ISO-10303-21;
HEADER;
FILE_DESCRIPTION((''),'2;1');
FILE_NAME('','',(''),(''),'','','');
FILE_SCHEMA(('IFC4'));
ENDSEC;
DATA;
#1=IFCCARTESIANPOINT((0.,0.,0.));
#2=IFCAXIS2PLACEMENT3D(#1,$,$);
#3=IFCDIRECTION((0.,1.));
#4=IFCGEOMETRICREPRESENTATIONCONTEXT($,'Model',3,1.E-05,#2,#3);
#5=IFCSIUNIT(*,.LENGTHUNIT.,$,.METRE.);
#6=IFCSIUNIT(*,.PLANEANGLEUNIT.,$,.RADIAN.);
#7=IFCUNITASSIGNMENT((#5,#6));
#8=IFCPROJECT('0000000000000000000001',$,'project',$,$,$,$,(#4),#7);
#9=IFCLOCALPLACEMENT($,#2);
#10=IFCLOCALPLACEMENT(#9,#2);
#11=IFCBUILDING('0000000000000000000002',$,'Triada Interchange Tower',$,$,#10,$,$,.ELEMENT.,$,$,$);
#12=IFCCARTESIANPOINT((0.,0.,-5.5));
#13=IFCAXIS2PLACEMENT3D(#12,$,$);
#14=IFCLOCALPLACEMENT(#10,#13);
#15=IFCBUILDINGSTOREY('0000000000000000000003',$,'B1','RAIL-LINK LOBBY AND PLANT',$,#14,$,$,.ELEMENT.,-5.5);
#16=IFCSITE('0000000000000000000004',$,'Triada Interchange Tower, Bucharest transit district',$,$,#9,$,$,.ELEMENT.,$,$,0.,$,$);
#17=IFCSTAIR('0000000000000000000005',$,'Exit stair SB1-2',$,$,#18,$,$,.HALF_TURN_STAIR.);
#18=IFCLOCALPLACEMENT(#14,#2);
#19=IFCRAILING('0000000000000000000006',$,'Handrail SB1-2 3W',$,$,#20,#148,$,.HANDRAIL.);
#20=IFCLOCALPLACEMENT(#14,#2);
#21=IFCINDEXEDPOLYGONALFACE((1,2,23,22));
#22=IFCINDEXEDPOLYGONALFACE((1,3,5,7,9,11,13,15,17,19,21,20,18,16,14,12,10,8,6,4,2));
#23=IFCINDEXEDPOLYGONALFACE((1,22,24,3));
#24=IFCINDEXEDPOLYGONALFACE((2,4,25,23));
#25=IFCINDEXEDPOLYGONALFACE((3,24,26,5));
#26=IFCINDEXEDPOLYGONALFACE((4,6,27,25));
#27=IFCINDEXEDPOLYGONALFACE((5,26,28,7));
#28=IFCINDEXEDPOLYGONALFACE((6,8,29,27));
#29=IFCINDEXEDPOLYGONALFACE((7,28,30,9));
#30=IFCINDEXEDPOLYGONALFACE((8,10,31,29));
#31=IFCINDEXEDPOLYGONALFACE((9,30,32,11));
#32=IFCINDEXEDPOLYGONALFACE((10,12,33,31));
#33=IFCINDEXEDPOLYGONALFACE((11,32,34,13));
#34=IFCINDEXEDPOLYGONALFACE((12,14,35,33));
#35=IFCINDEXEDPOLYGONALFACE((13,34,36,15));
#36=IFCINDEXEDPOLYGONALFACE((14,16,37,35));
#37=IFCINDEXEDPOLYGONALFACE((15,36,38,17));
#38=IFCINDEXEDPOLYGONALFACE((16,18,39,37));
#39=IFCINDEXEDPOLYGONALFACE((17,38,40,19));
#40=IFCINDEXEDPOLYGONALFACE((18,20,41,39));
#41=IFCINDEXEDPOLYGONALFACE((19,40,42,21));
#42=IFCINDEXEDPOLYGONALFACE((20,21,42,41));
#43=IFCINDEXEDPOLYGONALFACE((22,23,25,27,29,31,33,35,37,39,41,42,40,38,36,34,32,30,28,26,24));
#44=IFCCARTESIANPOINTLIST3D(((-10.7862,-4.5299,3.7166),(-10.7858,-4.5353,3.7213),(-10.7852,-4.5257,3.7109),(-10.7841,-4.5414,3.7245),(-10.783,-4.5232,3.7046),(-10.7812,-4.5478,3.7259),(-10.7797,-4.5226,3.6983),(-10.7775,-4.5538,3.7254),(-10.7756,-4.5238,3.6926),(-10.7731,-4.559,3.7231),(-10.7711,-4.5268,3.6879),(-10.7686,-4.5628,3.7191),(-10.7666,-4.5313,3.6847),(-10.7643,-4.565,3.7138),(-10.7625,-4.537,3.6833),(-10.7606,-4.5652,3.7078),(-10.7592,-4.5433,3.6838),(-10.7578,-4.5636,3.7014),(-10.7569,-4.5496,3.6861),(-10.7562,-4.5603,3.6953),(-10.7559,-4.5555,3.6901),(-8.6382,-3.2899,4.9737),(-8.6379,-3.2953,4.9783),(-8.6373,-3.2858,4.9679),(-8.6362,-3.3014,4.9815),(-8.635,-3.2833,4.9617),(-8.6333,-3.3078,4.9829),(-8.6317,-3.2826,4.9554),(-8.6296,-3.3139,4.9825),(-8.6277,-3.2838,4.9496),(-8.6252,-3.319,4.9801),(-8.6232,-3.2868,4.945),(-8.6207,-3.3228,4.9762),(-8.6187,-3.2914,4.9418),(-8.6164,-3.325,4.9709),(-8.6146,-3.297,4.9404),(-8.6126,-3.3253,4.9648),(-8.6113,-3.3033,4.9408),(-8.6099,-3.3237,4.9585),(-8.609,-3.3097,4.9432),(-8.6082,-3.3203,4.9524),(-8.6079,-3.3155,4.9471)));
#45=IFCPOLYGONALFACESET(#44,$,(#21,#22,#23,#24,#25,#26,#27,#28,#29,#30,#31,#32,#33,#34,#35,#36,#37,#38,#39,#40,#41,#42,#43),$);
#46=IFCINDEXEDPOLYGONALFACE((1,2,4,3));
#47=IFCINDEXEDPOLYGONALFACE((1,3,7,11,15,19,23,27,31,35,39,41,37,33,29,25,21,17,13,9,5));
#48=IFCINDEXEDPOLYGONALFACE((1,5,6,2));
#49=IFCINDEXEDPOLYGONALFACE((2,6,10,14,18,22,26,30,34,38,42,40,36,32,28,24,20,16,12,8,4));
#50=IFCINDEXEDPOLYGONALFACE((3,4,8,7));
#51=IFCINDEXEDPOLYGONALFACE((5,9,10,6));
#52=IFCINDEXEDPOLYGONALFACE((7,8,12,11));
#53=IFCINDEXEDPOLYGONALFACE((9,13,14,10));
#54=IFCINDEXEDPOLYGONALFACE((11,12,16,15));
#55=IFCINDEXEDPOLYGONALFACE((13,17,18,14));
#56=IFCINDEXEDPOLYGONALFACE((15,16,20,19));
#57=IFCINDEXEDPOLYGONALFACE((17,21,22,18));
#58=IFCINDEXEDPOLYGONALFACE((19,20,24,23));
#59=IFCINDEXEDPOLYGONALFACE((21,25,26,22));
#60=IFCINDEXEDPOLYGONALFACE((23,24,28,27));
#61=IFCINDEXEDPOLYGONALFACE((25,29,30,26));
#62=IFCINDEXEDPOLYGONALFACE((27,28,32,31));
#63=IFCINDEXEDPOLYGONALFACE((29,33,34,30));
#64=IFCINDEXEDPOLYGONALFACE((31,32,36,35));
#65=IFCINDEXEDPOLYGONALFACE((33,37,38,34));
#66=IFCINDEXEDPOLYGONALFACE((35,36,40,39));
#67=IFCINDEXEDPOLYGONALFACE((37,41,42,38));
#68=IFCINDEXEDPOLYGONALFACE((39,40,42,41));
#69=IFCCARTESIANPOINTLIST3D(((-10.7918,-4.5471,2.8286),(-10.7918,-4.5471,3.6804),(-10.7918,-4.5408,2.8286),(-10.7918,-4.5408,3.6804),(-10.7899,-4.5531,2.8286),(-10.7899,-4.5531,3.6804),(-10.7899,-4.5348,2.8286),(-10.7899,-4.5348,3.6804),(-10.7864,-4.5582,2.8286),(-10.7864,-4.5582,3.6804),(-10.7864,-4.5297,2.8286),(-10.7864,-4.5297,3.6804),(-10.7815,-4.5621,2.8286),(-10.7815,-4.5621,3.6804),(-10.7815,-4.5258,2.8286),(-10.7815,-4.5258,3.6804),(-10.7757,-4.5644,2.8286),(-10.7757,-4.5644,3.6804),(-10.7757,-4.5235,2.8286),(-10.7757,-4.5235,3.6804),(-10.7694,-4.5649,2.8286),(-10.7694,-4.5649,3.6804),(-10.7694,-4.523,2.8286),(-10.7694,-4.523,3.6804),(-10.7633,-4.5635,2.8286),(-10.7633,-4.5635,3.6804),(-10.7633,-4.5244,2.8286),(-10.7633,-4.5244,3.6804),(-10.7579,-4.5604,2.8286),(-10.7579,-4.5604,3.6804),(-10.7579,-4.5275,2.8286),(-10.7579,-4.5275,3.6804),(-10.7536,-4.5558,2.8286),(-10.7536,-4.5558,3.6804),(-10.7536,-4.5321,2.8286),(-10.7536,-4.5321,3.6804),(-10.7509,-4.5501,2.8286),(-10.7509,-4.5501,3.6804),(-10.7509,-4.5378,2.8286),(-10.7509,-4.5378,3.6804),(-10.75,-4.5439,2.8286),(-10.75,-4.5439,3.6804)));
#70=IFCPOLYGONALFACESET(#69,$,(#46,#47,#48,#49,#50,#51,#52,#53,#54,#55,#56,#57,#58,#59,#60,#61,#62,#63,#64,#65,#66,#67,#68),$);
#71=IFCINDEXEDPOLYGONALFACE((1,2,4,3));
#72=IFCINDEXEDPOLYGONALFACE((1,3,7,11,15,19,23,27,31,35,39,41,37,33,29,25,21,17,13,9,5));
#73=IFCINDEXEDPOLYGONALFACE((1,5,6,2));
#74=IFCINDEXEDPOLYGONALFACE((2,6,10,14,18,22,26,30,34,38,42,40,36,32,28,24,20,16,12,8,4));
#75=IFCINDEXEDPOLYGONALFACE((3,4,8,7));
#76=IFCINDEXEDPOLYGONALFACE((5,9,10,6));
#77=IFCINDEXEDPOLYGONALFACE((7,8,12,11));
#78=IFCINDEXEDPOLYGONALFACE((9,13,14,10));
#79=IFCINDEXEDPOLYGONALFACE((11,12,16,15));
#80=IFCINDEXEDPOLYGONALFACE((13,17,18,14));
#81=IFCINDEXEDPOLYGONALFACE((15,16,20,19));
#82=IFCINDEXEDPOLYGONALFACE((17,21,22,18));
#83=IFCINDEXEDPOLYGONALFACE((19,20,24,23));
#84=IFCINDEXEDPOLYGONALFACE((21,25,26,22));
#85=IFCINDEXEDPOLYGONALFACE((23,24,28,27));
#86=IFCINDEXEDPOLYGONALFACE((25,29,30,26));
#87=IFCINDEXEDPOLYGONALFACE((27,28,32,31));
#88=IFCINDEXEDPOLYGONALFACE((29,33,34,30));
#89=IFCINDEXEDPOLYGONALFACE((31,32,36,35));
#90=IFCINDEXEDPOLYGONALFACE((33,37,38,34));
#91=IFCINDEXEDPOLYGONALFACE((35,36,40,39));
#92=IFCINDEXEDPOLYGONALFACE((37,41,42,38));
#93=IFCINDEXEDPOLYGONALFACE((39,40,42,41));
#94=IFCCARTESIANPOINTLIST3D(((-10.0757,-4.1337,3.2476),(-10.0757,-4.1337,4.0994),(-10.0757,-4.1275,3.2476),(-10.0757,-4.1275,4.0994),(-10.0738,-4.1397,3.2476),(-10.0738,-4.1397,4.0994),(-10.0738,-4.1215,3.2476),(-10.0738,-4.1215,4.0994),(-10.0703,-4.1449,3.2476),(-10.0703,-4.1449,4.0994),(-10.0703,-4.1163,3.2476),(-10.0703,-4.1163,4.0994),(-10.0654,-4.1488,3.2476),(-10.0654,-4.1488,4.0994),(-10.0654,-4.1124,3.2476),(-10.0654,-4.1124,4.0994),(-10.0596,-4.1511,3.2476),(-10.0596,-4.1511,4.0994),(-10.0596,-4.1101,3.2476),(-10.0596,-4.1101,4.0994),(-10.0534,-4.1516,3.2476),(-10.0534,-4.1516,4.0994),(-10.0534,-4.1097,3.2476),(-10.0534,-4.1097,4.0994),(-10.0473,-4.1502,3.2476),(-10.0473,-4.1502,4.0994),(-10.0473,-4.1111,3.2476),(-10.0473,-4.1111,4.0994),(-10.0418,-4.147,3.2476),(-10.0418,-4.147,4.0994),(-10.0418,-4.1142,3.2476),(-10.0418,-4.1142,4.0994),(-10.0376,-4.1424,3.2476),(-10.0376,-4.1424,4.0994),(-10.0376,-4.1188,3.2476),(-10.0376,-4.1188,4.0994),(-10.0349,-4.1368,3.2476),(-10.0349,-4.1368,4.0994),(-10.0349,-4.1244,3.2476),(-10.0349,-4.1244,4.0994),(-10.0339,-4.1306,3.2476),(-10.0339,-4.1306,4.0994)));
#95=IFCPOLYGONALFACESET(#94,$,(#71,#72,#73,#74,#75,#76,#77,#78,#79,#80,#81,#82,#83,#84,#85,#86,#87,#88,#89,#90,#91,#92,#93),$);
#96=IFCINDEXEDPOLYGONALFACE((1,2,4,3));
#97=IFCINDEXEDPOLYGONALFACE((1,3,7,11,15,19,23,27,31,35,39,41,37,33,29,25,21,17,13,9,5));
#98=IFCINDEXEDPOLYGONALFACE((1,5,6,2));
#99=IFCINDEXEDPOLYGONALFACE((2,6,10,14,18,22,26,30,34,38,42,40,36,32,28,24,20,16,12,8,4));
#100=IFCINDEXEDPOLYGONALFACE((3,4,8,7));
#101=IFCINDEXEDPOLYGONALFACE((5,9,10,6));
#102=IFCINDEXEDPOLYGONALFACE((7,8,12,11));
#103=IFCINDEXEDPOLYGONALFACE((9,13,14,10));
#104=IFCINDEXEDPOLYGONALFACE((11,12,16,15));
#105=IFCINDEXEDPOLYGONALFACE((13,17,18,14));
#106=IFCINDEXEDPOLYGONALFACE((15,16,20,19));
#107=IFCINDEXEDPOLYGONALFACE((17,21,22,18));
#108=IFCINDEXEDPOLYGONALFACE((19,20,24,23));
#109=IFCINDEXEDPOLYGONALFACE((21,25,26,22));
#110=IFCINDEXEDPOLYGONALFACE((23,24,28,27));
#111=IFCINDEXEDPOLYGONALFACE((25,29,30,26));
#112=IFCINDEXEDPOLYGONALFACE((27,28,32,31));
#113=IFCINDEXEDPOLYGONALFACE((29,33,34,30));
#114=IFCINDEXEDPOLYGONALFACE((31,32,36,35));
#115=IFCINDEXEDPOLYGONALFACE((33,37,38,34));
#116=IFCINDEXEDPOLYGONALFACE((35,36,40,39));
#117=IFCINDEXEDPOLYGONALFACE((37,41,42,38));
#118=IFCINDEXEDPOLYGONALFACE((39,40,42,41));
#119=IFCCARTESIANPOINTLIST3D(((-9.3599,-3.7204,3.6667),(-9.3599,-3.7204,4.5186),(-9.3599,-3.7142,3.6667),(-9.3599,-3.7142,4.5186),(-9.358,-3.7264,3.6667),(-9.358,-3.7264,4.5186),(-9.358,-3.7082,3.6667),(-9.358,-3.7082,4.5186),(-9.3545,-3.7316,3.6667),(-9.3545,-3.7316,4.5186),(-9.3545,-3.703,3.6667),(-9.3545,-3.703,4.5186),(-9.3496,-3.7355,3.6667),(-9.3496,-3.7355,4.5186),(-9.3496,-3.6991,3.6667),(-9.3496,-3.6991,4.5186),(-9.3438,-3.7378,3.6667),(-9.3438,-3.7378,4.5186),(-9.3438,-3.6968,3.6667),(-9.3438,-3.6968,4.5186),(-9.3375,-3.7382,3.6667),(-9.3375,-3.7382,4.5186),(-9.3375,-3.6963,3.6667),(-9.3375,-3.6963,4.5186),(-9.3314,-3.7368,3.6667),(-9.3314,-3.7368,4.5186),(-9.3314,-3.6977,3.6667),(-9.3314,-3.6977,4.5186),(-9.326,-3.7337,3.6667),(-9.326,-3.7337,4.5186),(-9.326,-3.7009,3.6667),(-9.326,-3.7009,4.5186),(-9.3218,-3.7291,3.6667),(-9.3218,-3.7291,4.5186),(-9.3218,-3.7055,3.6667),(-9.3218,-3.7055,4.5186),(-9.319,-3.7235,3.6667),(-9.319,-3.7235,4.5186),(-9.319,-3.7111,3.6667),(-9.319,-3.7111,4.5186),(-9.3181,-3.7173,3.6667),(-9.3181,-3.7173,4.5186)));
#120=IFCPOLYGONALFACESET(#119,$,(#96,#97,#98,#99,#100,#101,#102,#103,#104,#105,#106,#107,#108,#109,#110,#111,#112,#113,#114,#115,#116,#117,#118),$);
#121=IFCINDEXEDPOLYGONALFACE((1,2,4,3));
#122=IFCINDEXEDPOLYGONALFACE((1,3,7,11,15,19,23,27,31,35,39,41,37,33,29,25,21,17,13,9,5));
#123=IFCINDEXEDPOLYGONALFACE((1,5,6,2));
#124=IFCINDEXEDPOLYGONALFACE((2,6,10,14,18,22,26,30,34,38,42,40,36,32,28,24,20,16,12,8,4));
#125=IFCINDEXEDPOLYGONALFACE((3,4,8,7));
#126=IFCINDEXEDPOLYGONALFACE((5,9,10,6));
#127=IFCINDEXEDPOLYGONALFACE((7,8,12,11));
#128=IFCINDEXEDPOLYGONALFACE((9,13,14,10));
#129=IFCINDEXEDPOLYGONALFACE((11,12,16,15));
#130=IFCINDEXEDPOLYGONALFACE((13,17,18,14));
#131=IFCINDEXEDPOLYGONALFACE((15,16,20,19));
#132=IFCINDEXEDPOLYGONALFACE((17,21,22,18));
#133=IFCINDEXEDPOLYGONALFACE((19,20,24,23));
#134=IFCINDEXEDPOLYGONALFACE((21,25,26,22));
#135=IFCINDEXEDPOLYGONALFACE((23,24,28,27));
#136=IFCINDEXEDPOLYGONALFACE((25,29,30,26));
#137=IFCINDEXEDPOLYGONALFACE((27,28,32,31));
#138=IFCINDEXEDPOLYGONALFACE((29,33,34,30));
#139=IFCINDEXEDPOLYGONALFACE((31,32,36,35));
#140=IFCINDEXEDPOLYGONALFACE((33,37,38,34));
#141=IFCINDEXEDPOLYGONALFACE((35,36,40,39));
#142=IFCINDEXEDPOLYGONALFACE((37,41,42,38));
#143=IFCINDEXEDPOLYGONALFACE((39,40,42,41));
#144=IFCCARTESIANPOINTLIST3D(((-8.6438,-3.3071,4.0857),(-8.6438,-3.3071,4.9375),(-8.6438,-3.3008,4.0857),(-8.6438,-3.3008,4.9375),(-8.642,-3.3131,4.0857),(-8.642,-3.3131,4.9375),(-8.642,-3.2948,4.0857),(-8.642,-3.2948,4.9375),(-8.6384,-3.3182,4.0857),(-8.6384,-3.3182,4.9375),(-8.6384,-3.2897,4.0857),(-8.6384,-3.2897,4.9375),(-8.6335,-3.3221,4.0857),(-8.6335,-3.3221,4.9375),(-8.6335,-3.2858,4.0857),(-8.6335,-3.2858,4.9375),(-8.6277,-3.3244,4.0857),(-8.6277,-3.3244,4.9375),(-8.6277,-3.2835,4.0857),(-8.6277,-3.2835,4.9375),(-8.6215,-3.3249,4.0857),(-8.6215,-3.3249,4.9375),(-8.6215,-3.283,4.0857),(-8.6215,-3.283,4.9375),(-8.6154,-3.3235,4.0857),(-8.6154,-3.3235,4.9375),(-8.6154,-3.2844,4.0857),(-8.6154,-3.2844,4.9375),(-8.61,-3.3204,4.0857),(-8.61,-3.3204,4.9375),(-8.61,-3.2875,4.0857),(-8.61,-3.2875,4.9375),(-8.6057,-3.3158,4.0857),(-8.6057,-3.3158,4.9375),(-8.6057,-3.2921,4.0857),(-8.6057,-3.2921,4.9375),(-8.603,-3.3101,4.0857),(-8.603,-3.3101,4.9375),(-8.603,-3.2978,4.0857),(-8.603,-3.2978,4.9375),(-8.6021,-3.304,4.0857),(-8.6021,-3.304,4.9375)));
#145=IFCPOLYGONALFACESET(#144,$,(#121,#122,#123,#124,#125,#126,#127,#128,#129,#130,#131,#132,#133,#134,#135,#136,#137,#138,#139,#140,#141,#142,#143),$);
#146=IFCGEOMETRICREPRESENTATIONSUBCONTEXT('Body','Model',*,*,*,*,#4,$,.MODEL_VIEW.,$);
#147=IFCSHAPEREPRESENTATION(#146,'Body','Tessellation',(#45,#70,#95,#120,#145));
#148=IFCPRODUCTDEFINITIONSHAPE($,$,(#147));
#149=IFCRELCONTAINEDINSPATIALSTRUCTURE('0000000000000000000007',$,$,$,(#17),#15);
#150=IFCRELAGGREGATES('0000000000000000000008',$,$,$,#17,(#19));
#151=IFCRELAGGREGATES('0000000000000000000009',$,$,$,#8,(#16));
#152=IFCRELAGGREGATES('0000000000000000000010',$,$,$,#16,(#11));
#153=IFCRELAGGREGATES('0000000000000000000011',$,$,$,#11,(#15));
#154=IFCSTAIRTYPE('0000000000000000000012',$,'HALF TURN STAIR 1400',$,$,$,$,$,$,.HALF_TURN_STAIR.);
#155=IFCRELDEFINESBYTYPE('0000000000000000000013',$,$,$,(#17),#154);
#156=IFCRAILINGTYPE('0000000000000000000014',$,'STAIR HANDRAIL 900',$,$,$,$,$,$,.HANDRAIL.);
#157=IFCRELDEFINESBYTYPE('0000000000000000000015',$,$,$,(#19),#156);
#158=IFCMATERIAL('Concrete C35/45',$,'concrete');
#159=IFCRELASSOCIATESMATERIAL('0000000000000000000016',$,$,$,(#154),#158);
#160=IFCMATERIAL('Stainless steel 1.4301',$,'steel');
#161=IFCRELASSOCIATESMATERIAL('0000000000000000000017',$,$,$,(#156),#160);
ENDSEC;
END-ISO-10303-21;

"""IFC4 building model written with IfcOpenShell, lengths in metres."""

from ifc_helpers import new_model, si_unit, direction, frame, origin, origin_2d, place, context, subcontext, project, spatial, circle, extrude, material, type_object, element, aggregate, save


model = new_model("IFC4")

# Units and contexts
model_context = context("Model", 3, precision=1e-05, world=origin(), true_north=direction((0.0, 1.0)))
body_context = subcontext(model_context, "Body", "Model", "MODEL_VIEW")
ifc_project = project(units=[si_unit("LENGTHUNIT", "METRE"), si_unit("PLANEANGLEUNIT", "RADIAN")], contexts=[model_context])

# Site, building, storey
site_placement = place(None, origin())
site = spatial("IfcSite", under=ifc_project, at=site_placement, Name="Triada Interchange Tower, Bucharest transit district", CompositionType="ELEMENT", RefElevation=0.0)
building_placement = place(site_placement, origin())
building = spatial("IfcBuilding", under=site, at=building_placement, Name="Triada Interchange Tower", CompositionType="ELEMENT")
storey_placement = place(building_placement, frame((0.0, 0.0, -5.5)))
storey = spatial("IfcBuildingStorey", under=building, at=storey_placement, Name="B1", Description="RAIL-LINK LOBBY AND PLANT", CompositionType="ELEMENT", Elevation=-5.5)

# Shared definitions
ifc_material_1 = material(Name="Concrete C35/45", Category="concrete")

# Stair, railing
stair_type = type_object("IfcStairType", Name="HALF TURN STAIR 1400", PredefinedType="HALF_TURN_STAIR", material=ifc_material_1)
stair_placement = place(storey_placement, origin())
stair = element("IfcStair", 1, at=stair_placement, inside=storey, type_object=stair_type, Name="Exit stair SB1-2", PredefinedType="HALF_TURN_STAIR")
ifc_material_2 = material(Name="Stainless steel 1.4301", Category="steel")
railing_type_1 = type_object("IfcRailingType", Name="STAIR HANDRAIL 900", PredefinedType="HANDRAIL", material=ifc_material_2)
railing_1_placement = place(storey_placement, frame((-10.771, -4.5439, 2.8286)))
railing_1 = element("IfcRailing", 2, at=railing_1_placement, type_object=railing_type_1, Name="Handrail SB1-2 3W", PredefinedType="HANDRAIL", context=body_context, shape_type="SweptSolid", body=[
    extrude(circle(Radius=0.0239, at=origin_2d()), frame((0.0, 0.0, 0.876), z_axis=(0.772488, 0.44595, 0.452096), x_axis=(-0.499961, 0.866048, 0.0)), (0.0, 0.0, 1.0), 2.7805),
    extrude(circle(Radius=0.021, at=origin_2d()), origin(), (0.0, 0.0, 1.0), 0.8518),
    extrude(circle(Radius=0.021, at=origin_2d()), frame((0.7161, 0.4133, 0.4189)), (0.0, 0.0, 1.0), 0.8518),
    extrude(circle(Radius=0.021, at=origin_2d()), frame((1.4319, 0.8267, 0.8381)), (0.0, 0.0, 1.0), 0.8518),
    extrude(circle(Radius=0.021, at=origin_2d()), frame((2.1479, 1.24, 1.2571)), (0.0, 0.0, 1.0), 0.8518),
])
aggregate(stair, [railing_1])

save(model, "model.ifc")
